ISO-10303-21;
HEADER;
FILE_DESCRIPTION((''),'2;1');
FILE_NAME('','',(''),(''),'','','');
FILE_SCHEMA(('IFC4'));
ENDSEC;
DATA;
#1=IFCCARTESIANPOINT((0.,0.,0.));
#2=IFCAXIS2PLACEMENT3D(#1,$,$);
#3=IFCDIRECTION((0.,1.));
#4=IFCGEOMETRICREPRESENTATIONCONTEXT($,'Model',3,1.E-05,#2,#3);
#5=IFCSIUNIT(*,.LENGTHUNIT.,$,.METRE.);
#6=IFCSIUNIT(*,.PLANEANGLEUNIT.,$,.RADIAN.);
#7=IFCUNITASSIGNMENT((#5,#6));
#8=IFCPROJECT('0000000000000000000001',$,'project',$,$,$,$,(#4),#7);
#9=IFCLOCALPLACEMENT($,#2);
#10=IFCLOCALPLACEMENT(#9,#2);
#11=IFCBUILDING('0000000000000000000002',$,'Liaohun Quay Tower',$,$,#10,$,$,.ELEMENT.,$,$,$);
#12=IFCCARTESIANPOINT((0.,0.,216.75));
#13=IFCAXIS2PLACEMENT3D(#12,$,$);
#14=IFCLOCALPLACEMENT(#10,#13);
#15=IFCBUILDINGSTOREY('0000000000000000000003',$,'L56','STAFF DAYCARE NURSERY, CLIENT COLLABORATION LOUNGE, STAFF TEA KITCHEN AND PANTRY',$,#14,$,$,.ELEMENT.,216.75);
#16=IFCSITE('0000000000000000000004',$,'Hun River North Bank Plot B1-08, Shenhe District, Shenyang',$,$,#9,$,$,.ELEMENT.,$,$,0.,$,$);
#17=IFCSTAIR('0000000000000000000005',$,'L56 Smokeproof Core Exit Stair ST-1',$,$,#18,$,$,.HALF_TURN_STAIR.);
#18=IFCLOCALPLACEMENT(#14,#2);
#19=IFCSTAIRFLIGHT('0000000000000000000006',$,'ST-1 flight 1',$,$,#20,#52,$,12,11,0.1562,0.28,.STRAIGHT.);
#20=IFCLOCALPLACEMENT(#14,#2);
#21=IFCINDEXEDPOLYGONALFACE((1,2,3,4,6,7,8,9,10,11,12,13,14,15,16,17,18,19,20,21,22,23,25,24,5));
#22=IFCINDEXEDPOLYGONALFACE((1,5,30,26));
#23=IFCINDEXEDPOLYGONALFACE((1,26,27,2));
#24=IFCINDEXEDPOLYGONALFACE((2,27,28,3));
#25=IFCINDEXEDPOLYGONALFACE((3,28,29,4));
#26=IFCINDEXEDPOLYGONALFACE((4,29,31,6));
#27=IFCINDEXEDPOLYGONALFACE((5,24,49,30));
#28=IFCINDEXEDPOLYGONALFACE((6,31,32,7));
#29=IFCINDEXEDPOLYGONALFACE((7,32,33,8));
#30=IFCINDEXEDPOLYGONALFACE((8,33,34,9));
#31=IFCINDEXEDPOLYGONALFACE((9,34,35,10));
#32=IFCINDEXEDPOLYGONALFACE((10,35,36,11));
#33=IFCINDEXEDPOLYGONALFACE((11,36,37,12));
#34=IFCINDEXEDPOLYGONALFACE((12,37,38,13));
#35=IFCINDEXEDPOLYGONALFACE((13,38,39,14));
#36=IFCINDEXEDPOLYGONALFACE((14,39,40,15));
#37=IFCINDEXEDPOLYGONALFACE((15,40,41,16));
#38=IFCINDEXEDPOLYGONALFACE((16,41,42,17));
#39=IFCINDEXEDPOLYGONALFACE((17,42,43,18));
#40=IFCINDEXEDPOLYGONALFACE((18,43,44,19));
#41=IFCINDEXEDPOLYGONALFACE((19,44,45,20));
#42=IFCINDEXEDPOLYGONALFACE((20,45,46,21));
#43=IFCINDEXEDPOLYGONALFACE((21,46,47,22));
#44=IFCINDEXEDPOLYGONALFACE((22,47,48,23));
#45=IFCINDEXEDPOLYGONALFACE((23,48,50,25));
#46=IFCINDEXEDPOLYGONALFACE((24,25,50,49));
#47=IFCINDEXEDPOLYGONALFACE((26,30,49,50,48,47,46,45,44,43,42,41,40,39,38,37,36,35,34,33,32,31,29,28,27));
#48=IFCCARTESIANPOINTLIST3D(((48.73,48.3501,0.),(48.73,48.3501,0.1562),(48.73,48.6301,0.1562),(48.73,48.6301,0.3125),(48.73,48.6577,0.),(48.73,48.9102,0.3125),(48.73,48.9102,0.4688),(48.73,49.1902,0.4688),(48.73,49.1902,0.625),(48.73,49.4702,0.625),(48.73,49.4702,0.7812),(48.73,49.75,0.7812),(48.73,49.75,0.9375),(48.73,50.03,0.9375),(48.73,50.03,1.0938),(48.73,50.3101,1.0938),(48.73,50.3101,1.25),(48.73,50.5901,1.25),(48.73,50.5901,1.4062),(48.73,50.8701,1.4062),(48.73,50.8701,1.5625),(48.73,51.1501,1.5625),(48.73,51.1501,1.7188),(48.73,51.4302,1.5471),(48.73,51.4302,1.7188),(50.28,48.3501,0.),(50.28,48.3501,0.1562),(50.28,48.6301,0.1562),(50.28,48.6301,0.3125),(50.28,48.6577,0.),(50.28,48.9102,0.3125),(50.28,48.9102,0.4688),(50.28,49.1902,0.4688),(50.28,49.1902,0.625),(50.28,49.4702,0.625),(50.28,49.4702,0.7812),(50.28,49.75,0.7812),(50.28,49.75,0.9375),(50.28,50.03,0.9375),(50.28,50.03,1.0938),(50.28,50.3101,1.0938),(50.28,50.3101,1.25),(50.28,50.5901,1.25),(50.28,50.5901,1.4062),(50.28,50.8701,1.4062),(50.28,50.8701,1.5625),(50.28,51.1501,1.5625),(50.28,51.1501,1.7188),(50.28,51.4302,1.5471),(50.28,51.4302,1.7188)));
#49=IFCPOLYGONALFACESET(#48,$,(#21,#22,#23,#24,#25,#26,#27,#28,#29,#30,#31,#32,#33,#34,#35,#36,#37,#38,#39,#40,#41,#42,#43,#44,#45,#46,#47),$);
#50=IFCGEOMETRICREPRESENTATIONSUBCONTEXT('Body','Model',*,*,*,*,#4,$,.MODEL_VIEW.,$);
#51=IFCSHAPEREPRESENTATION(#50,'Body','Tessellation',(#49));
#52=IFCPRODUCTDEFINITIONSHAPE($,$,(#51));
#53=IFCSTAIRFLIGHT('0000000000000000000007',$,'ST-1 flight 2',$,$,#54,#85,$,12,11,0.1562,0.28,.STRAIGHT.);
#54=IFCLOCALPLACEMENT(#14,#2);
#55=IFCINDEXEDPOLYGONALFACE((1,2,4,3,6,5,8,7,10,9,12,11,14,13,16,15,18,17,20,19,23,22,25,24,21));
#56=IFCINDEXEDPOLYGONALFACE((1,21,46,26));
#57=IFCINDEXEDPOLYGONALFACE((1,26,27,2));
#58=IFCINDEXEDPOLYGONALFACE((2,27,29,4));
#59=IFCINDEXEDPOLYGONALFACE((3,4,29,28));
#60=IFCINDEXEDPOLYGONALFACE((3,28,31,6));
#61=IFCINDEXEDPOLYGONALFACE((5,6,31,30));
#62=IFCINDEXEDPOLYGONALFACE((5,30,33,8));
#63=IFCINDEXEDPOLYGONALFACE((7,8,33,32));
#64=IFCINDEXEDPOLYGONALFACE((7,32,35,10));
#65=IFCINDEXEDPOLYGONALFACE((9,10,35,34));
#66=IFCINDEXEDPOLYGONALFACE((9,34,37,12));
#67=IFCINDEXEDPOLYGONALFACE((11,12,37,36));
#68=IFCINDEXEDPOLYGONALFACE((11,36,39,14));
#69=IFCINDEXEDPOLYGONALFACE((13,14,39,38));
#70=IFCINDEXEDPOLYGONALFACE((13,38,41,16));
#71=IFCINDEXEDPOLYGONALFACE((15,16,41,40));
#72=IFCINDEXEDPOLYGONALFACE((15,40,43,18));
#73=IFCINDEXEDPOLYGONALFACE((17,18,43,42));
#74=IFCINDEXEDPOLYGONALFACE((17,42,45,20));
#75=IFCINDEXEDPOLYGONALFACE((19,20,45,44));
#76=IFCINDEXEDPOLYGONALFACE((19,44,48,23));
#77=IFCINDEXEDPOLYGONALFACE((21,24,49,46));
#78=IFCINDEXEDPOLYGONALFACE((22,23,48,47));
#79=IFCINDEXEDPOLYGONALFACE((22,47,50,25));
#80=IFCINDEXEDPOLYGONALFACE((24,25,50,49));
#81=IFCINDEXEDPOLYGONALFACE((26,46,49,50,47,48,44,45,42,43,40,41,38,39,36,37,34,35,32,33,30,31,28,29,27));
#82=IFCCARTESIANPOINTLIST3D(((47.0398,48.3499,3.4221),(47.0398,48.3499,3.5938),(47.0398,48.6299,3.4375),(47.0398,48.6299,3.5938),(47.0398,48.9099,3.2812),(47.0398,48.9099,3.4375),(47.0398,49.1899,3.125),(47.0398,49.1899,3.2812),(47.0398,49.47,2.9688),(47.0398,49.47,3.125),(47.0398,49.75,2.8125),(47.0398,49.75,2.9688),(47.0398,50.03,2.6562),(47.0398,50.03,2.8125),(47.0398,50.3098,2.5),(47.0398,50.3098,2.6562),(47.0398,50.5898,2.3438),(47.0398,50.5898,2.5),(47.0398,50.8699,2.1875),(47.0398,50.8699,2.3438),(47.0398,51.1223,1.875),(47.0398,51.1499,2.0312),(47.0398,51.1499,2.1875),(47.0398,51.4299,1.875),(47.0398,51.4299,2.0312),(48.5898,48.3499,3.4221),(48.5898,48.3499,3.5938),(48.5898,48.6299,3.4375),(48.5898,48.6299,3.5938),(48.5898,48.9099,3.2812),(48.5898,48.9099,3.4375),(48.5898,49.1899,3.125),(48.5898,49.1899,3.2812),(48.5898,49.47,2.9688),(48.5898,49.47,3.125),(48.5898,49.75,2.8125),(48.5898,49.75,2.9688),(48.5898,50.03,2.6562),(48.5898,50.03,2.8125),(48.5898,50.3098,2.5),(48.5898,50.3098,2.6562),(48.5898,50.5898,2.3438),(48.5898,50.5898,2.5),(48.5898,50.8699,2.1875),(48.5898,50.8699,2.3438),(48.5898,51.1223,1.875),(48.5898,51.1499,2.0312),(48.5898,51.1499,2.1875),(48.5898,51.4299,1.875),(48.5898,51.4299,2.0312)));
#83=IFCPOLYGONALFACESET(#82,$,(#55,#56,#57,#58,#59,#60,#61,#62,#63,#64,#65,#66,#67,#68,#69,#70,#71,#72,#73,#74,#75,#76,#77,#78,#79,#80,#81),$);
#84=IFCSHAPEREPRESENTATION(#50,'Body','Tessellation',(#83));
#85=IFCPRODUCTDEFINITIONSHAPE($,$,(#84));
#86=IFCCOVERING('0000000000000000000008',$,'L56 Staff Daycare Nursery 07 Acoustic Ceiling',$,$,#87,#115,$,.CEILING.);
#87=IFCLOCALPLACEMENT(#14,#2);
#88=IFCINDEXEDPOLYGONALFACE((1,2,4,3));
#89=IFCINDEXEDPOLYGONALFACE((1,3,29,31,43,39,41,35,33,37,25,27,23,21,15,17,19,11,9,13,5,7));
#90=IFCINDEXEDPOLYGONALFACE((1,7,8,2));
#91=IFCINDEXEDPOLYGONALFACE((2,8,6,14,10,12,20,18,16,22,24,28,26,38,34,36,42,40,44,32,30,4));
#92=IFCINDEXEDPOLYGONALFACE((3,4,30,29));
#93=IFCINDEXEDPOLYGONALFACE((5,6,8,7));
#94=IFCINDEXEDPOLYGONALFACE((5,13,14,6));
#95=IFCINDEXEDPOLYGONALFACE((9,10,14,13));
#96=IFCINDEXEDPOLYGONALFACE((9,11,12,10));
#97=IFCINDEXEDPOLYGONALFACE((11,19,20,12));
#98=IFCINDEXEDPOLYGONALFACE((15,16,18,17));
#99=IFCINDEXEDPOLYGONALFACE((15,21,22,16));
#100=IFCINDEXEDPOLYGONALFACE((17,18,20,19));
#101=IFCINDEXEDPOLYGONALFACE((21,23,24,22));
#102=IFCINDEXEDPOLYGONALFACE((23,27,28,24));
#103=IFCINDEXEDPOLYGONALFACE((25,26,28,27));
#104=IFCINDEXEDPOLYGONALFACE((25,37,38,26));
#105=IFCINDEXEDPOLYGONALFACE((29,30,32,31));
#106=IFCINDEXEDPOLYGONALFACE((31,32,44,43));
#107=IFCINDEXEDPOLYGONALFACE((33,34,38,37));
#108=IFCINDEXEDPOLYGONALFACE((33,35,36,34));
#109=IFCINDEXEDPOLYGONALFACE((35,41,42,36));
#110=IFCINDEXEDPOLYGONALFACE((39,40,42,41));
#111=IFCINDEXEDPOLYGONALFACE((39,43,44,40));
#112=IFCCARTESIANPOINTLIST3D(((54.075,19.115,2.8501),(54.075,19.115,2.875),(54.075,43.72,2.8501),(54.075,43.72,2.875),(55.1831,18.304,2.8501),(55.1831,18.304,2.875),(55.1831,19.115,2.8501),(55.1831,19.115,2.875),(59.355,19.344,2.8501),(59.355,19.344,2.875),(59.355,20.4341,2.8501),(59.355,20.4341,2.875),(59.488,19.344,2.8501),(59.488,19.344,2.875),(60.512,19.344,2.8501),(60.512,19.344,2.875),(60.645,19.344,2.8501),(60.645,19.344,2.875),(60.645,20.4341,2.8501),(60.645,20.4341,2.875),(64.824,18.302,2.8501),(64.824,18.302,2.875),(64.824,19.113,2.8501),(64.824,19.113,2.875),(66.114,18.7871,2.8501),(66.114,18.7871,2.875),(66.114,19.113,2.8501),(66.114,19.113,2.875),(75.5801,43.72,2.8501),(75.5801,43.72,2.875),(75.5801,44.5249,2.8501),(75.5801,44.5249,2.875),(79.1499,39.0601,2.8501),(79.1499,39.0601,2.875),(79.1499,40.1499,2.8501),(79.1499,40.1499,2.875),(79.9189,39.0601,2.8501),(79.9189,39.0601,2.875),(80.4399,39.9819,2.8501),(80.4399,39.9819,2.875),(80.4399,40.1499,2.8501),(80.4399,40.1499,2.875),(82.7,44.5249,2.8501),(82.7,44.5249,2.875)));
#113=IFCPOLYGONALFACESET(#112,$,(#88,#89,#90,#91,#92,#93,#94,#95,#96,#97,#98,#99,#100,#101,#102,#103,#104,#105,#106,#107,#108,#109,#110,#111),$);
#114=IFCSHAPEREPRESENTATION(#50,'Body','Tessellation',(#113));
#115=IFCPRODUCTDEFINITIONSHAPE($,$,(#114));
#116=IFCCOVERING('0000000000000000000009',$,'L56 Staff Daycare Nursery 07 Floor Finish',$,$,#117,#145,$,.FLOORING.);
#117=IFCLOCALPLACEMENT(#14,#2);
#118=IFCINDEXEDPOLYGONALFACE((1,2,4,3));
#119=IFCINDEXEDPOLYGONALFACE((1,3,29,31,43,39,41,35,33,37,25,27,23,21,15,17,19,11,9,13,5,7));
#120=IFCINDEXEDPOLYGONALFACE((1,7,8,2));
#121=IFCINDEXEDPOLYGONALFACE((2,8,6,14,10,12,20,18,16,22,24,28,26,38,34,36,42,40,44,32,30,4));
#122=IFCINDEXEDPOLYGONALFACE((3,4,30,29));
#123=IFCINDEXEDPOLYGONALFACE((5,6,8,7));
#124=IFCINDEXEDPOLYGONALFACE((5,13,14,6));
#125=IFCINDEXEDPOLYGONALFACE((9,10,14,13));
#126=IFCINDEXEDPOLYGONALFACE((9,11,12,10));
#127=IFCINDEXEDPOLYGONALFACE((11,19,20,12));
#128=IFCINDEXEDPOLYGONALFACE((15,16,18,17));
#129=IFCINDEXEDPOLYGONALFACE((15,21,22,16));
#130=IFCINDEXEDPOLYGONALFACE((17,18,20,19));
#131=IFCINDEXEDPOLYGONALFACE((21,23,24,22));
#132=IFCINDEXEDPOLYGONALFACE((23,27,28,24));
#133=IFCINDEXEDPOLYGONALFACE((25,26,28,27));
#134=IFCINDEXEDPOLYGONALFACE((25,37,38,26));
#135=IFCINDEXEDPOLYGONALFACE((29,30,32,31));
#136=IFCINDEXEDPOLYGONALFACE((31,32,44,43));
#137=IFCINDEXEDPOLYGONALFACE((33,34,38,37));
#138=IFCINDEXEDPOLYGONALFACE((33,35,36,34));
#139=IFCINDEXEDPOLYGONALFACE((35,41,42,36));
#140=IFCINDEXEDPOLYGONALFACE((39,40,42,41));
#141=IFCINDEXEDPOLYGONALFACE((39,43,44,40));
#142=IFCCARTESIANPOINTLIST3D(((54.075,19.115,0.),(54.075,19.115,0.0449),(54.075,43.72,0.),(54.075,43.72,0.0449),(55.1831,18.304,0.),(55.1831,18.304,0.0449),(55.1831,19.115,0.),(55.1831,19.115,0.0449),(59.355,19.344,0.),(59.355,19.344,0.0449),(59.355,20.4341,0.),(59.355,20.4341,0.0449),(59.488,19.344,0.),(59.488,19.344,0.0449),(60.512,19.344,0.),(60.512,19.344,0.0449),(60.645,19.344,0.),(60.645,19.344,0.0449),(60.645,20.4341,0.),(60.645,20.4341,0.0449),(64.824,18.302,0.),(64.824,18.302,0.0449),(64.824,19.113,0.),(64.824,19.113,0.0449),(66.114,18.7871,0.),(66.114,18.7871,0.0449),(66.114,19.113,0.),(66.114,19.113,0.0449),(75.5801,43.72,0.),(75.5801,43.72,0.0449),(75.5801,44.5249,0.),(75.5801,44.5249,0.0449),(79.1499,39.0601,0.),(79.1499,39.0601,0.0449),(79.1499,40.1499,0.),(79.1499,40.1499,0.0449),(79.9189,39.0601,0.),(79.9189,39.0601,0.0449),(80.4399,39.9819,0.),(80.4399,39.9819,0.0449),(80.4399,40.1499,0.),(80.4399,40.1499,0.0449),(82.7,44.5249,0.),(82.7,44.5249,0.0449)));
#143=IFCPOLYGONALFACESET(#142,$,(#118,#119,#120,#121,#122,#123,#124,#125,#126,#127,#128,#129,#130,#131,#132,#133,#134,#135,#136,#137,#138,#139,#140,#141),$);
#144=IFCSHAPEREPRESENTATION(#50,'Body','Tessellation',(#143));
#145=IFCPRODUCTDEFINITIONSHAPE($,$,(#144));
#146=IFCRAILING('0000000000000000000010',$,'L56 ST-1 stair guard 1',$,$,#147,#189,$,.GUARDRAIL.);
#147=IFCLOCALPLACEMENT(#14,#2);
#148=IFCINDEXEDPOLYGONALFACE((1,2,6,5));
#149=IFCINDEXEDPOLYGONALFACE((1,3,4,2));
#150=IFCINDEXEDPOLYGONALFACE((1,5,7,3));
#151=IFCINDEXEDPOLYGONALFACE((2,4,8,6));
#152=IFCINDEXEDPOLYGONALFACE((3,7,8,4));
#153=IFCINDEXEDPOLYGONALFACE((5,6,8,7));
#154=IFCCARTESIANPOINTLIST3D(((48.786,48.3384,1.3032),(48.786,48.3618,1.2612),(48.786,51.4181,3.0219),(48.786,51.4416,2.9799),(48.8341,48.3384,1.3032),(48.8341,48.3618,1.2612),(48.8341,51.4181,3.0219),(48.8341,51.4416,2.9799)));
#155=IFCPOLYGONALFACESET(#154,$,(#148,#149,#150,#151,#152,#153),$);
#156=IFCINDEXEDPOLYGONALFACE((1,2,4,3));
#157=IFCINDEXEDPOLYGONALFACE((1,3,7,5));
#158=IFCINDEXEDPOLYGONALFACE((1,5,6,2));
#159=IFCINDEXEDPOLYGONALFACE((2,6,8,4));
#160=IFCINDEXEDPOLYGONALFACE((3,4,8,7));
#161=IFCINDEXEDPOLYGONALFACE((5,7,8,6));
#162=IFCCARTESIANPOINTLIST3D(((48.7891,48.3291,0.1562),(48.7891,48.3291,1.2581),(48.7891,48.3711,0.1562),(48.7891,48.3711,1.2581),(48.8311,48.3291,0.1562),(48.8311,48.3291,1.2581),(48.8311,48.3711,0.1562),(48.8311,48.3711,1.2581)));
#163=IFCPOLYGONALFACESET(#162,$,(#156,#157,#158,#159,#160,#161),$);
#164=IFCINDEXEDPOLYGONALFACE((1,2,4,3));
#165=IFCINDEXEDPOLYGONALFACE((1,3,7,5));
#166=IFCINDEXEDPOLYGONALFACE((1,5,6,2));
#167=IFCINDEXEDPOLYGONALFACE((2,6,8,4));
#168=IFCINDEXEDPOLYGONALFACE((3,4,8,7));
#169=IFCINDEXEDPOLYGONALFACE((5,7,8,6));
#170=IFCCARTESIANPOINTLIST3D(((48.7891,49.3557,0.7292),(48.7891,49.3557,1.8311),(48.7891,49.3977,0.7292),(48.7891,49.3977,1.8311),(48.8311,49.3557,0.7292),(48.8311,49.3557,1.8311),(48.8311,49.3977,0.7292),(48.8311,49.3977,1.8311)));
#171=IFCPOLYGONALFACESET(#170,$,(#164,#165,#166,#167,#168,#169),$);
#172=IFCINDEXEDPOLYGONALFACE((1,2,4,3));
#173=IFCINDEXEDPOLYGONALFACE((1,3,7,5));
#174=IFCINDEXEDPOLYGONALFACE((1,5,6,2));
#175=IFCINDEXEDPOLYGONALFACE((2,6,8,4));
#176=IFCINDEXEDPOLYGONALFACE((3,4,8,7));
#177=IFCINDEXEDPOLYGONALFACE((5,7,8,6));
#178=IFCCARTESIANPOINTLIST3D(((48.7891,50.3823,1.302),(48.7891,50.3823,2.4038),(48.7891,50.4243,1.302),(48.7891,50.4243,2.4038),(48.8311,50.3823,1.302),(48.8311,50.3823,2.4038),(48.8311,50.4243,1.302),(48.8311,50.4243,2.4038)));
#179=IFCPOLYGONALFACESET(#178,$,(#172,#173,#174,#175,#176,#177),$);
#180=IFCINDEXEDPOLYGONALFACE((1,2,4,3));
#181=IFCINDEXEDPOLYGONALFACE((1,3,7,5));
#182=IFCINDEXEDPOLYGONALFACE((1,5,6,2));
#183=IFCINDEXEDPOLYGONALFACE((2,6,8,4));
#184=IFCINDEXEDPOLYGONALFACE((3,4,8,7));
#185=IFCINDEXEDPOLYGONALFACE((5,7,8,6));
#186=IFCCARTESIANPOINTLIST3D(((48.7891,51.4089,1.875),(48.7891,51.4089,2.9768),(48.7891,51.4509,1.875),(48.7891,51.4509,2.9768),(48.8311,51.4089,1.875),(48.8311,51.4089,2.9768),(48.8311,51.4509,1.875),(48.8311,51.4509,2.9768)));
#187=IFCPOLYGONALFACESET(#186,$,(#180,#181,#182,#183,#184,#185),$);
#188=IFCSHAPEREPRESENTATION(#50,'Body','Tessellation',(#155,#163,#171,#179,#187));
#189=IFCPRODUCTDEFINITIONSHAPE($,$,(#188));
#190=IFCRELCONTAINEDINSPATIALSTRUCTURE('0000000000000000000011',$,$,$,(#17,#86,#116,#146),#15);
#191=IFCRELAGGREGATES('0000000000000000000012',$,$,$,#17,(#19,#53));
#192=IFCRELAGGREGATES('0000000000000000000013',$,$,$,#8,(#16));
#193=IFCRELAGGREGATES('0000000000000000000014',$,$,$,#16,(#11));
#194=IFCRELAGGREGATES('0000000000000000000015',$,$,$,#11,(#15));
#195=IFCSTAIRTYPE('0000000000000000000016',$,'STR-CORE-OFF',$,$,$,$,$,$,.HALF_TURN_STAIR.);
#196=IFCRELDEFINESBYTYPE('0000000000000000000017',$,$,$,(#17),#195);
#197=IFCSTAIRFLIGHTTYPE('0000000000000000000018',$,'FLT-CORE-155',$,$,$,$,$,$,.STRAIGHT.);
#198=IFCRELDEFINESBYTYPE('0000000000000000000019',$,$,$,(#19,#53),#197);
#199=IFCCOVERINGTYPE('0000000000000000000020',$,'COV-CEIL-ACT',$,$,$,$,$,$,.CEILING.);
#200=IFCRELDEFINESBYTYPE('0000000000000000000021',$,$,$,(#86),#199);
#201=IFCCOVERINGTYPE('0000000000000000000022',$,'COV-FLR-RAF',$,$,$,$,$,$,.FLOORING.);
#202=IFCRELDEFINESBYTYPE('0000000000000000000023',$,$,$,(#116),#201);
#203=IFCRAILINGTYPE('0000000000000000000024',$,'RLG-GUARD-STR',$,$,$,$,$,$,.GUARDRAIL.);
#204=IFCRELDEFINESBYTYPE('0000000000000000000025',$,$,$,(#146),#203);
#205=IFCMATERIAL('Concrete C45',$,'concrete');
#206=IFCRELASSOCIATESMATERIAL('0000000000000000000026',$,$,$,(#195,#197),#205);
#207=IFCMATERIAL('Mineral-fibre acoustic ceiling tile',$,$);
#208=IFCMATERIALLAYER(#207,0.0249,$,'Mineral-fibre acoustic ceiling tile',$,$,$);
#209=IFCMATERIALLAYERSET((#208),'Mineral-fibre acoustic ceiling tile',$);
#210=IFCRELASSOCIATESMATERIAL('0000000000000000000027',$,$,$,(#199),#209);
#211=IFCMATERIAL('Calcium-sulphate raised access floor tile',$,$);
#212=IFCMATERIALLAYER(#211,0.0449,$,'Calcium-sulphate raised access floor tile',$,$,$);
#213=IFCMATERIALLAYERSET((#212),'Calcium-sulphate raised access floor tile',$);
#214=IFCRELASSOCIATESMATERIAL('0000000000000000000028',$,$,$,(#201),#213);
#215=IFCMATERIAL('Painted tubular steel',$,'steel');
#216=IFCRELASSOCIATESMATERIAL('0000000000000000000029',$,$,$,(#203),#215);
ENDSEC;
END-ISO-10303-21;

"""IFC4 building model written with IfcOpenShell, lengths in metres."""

from ifc_helpers import new_model, si_unit, direction, frame, origin, origin_2d, place, context, subcontext, project, spatial, polyline, rectangle, outline, extrude, material, layer, layer_set, type_object, element, aggregate, save


model = new_model("IFC4")

# Units and contexts
model_context = context("Model", 3, precision=1e-05, world=origin(), true_north=direction((0.0, 1.0)))
body_context = subcontext(model_context, "Body", "Model", "MODEL_VIEW")
ifc_project = project(units=[si_unit("LENGTHUNIT", "METRE"), si_unit("PLANEANGLEUNIT", "RADIAN")], contexts=[model_context])

# Site, building, storey
site_placement = place(None, origin())
site = spatial("IfcSite", under=ifc_project, at=site_placement, Name="Hun River North Bank Plot B1-08, Shenhe District, Shenyang", CompositionType="ELEMENT", RefElevation=0.0)
building_placement = place(site_placement, origin())
building = spatial("IfcBuilding", under=site, at=building_placement, Name="Liaohun Quay Tower", CompositionType="ELEMENT")
storey_placement = place(building_placement, frame((0.0, 0.0, 216.75)))
storey = spatial("IfcBuildingStorey", under=building, at=storey_placement, Name="L56", Description="STAFF DAYCARE NURSERY, CLIENT COLLABORATION LOUNGE, STAFF TEA KITCHEN AND PANTRY", CompositionType="ELEMENT", Elevation=216.75)

# Stair
ifc_material_1 = material(Name="Concrete C45", Category="concrete")
stair_type = type_object("IfcStairType", Name="STR-CORE-OFF", PredefinedType="HALF_TURN_STAIR", material=ifc_material_1)
stair_1_placement = place(storey_placement, origin())
stair_1 = element("IfcStair", 1, at=stair_1_placement, inside=storey, type_object=stair_type, Name="L56 Smokeproof Core Exit Stair ST-1", PredefinedType="HALF_TURN_STAIR")

# Stair flights
stair_flight_type = type_object("IfcStairFlightType", Name="FLT-CORE-155", PredefinedType="STRAIGHT", material=ifc_material_1)
stair_flight_1_placement = place(storey_placement, frame((49.5049, 48.3501, 0.0), z_axis=(0.0, 0.0, 1.0), x_axis=(0.0, 1.0, 0.0)))
stair_flight_1 = element("IfcStairFlight", 2, at=stair_flight_1_placement, type_object=stair_flight_type, Name="ST-1 flight 1", NumberOfRisers=12, NumberOfTreads=11, PredefinedType="STRAIGHT", RiserHeight=0.1562, TreadLength=0.28, context=body_context, shape_type="SweptSolid", body=[
    extrude(outline(polyline([(0.0, 0.0), (0.0, 0.1562), (0.28, 0.1562), (0.28, 0.3125), (0.5601, 0.3125), (0.5601, 0.4688), (0.8401, 0.4688), (0.8401, 0.625), (1.1201, 0.625), (1.1201, 0.7812), (1.3999, 0.7812), (1.3999, 0.9375), (1.6799, 0.9375), (1.6799, 1.0938), (1.96, 1.0938), (1.96, 1.25), (2.24, 1.25), (2.24, 1.4062), (2.52, 1.4062), (2.52, 1.5625), (2.8, 1.5625), (2.8, 1.7188), (3.0801, 1.7188), (3.0801, 1.875), (3.0801, 1.5471), (0.3076, 0.0), (0.0, 0.0)])), frame((0.0, 0.7749, 0.0), z_axis=(0.0, -1.0, 0.0), x_axis=(1.0, 0.0, 0.0)), (0.0, 0.0, 1.0), 1.55),
])
stair_flight_2_placement = place(storey_placement, frame((47.8149, 51.4299, 1.875), z_axis=(0.0, 0.0, 1.0), x_axis=(0.0, -1.0, 0.0)))
stair_flight_2 = element("IfcStairFlight", 3, at=stair_flight_2_placement, type_object=stair_flight_type, Name="ST-1 flight 2", NumberOfRisers=12, NumberOfTreads=11, PredefinedType="STRAIGHT", RiserHeight=0.1562, TreadLength=0.28, context=body_context, shape_type="SweptSolid", body=[
    extrude(outline(polyline([(0.0, 0.0), (0.0, 0.1562), (0.28, 0.1562), (0.28, 0.3125), (0.5601, 0.3125), (0.5601, 0.4688), (0.8401, 0.4688), (0.8401, 0.625), (1.1201, 0.625), (1.1201, 0.7812), (1.3999, 0.7812), (1.3999, 0.9375), (1.6799, 0.9375), (1.6799, 1.0938), (1.96, 1.0938), (1.96, 1.25), (2.24, 1.25), (2.24, 1.4062), (2.52, 1.4062), (2.52, 1.5625), (2.8, 1.5625), (2.8, 1.7188), (3.0801, 1.7188), (3.0801, 1.875), (3.0801, 1.5471), (0.3076, 0.0), (0.0, 0.0)])), frame((0.0, 0.7749, 0.0), z_axis=(0.0, -1.0, 0.0), x_axis=(1.0, 0.0, 0.0)), (0.0, 0.0, 1.0), 1.55),
])
aggregate(stair_1, [stair_flight_1, stair_flight_2])

# Coverings
ifc_material_2 = material(Name="Mineral-fibre acoustic ceiling tile")
ifc_layer_1 = layer(ifc_material_2, 0.0249, Name="Mineral-fibre acoustic ceiling tile")
ifc_layer_set_1 = layer_set([ifc_layer_1], Name="Mineral-fibre acoustic ceiling tile")
covering_type_1 = type_object("IfcCoveringType", Name="COV-CEIL-ACT", PredefinedType="CEILING", material=ifc_layer_set_1)
covering_1_placement = place(storey_placement, frame((0.0, 0.0, 2.8501)))
element("IfcCovering", 4, at=covering_1_placement, inside=storey, type_object=covering_type_1, Name="L56 Staff Daycare Nursery 07 Acoustic Ceiling", PredefinedType="CEILING", context=body_context, shape_type="SweptSolid", body=[
    extrude(outline(polyline([(75.5801, 43.72), (54.075, 43.72), (54.075, 19.115), (55.1831, 19.115), (55.1831, 18.304), (59.488, 19.344), (59.355, 19.344), (59.355, 20.4341), (60.645, 20.4341), (60.645, 19.344), (60.512, 19.344), (64.824, 18.302), (64.824, 19.113), (66.114, 19.113), (66.114, 18.7871), (79.9189, 39.0601), (79.1499, 39.0601), (79.1499, 40.1499), (80.4399, 40.1499), (80.4399, 39.9819), (82.7, 44.5249), (75.5801, 44.5249), (75.5801, 43.72)])), origin(), (0.0, 0.0, 1.0), 0.0249),
])
ifc_material_3 = material(Name="Calcium-sulphate raised access floor tile")
ifc_layer_2 = layer(ifc_material_3, 0.0449, Name="Calcium-sulphate raised access floor tile")
ifc_layer_set_2 = layer_set([ifc_layer_2], Name="Calcium-sulphate raised access floor tile")
covering_type_2 = type_object("IfcCoveringType", Name="COV-FLR-RAF", PredefinedType="FLOORING", material=ifc_layer_set_2)
covering_2_placement = place(storey_placement, origin())
element("IfcCovering", 5, at=covering_2_placement, inside=storey, type_object=covering_type_2, Name="L56 Staff Daycare Nursery 07 Floor Finish", PredefinedType="FLOORING", context=body_context, shape_type="SweptSolid", body=[
    extrude(outline(polyline([(75.5801, 43.72), (54.075, 43.72), (54.075, 19.115), (55.1831, 19.115), (55.1831, 18.304), (59.488, 19.344), (59.355, 19.344), (59.355, 20.4341), (60.645, 20.4341), (60.645, 19.344), (60.512, 19.344), (64.824, 18.302), (64.824, 19.113), (66.114, 19.113), (66.114, 18.7871), (79.9189, 39.0601), (79.1499, 39.0601), (79.1499, 40.1499), (80.4399, 40.1499), (80.4399, 39.9819), (82.7, 44.5249), (75.5801, 44.5249), (75.5801, 43.72)])), origin(), (0.0, 0.0, 1.0), 0.0449),
])

# Railing
ifc_material_4 = material(Name="Painted tubular steel", Category="steel")
railing_type_1 = type_object("IfcRailingType", Name="RLG-GUARD-STR", PredefinedType="GUARDRAIL", material=ifc_material_4)
railing_1_placement = place(storey_placement, frame((48.8101, 48.3501, 0.1562)))
element("IfcRailing", 6, at=railing_1_placement, inside=storey, type_object=railing_type_1, Name="L56 ST-1 stair guard 1", PredefinedType="GUARDRAIL", context=body_context, shape_type="SweptSolid", body=[
    extrude(rectangle(XDim=0.0481, YDim=0.0481, at=origin_2d()), frame((0.0, 0.0, 1.126), z_axis=(0.0, 0.873225, 0.487317), x_axis=(-1.0, 0.0, 0.0)), (0.0, 0.0, 1.0), 3.5269),
    extrude(rectangle(XDim=0.042, YDim=0.042, at=origin_2d()), origin(), (0.0, 0.0, 1.0), 1.1018),
    extrude(rectangle(XDim=0.042, YDim=0.042, at=origin_2d()), frame((0.0, 1.0266, 0.573)), (0.0, 0.0, 1.0), 1.1018),
    extrude(rectangle(XDim=0.042, YDim=0.042, at=origin_2d()), frame((0.0, 2.0532, 1.1458)), (0.0, 0.0, 1.0), 1.1018),
    extrude(rectangle(XDim=0.042, YDim=0.042, at=origin_2d()), frame((0.0, 3.0798, 1.7188)), (0.0, 0.0, 1.0), 1.1018),
])

save(model, "model.ifc")
